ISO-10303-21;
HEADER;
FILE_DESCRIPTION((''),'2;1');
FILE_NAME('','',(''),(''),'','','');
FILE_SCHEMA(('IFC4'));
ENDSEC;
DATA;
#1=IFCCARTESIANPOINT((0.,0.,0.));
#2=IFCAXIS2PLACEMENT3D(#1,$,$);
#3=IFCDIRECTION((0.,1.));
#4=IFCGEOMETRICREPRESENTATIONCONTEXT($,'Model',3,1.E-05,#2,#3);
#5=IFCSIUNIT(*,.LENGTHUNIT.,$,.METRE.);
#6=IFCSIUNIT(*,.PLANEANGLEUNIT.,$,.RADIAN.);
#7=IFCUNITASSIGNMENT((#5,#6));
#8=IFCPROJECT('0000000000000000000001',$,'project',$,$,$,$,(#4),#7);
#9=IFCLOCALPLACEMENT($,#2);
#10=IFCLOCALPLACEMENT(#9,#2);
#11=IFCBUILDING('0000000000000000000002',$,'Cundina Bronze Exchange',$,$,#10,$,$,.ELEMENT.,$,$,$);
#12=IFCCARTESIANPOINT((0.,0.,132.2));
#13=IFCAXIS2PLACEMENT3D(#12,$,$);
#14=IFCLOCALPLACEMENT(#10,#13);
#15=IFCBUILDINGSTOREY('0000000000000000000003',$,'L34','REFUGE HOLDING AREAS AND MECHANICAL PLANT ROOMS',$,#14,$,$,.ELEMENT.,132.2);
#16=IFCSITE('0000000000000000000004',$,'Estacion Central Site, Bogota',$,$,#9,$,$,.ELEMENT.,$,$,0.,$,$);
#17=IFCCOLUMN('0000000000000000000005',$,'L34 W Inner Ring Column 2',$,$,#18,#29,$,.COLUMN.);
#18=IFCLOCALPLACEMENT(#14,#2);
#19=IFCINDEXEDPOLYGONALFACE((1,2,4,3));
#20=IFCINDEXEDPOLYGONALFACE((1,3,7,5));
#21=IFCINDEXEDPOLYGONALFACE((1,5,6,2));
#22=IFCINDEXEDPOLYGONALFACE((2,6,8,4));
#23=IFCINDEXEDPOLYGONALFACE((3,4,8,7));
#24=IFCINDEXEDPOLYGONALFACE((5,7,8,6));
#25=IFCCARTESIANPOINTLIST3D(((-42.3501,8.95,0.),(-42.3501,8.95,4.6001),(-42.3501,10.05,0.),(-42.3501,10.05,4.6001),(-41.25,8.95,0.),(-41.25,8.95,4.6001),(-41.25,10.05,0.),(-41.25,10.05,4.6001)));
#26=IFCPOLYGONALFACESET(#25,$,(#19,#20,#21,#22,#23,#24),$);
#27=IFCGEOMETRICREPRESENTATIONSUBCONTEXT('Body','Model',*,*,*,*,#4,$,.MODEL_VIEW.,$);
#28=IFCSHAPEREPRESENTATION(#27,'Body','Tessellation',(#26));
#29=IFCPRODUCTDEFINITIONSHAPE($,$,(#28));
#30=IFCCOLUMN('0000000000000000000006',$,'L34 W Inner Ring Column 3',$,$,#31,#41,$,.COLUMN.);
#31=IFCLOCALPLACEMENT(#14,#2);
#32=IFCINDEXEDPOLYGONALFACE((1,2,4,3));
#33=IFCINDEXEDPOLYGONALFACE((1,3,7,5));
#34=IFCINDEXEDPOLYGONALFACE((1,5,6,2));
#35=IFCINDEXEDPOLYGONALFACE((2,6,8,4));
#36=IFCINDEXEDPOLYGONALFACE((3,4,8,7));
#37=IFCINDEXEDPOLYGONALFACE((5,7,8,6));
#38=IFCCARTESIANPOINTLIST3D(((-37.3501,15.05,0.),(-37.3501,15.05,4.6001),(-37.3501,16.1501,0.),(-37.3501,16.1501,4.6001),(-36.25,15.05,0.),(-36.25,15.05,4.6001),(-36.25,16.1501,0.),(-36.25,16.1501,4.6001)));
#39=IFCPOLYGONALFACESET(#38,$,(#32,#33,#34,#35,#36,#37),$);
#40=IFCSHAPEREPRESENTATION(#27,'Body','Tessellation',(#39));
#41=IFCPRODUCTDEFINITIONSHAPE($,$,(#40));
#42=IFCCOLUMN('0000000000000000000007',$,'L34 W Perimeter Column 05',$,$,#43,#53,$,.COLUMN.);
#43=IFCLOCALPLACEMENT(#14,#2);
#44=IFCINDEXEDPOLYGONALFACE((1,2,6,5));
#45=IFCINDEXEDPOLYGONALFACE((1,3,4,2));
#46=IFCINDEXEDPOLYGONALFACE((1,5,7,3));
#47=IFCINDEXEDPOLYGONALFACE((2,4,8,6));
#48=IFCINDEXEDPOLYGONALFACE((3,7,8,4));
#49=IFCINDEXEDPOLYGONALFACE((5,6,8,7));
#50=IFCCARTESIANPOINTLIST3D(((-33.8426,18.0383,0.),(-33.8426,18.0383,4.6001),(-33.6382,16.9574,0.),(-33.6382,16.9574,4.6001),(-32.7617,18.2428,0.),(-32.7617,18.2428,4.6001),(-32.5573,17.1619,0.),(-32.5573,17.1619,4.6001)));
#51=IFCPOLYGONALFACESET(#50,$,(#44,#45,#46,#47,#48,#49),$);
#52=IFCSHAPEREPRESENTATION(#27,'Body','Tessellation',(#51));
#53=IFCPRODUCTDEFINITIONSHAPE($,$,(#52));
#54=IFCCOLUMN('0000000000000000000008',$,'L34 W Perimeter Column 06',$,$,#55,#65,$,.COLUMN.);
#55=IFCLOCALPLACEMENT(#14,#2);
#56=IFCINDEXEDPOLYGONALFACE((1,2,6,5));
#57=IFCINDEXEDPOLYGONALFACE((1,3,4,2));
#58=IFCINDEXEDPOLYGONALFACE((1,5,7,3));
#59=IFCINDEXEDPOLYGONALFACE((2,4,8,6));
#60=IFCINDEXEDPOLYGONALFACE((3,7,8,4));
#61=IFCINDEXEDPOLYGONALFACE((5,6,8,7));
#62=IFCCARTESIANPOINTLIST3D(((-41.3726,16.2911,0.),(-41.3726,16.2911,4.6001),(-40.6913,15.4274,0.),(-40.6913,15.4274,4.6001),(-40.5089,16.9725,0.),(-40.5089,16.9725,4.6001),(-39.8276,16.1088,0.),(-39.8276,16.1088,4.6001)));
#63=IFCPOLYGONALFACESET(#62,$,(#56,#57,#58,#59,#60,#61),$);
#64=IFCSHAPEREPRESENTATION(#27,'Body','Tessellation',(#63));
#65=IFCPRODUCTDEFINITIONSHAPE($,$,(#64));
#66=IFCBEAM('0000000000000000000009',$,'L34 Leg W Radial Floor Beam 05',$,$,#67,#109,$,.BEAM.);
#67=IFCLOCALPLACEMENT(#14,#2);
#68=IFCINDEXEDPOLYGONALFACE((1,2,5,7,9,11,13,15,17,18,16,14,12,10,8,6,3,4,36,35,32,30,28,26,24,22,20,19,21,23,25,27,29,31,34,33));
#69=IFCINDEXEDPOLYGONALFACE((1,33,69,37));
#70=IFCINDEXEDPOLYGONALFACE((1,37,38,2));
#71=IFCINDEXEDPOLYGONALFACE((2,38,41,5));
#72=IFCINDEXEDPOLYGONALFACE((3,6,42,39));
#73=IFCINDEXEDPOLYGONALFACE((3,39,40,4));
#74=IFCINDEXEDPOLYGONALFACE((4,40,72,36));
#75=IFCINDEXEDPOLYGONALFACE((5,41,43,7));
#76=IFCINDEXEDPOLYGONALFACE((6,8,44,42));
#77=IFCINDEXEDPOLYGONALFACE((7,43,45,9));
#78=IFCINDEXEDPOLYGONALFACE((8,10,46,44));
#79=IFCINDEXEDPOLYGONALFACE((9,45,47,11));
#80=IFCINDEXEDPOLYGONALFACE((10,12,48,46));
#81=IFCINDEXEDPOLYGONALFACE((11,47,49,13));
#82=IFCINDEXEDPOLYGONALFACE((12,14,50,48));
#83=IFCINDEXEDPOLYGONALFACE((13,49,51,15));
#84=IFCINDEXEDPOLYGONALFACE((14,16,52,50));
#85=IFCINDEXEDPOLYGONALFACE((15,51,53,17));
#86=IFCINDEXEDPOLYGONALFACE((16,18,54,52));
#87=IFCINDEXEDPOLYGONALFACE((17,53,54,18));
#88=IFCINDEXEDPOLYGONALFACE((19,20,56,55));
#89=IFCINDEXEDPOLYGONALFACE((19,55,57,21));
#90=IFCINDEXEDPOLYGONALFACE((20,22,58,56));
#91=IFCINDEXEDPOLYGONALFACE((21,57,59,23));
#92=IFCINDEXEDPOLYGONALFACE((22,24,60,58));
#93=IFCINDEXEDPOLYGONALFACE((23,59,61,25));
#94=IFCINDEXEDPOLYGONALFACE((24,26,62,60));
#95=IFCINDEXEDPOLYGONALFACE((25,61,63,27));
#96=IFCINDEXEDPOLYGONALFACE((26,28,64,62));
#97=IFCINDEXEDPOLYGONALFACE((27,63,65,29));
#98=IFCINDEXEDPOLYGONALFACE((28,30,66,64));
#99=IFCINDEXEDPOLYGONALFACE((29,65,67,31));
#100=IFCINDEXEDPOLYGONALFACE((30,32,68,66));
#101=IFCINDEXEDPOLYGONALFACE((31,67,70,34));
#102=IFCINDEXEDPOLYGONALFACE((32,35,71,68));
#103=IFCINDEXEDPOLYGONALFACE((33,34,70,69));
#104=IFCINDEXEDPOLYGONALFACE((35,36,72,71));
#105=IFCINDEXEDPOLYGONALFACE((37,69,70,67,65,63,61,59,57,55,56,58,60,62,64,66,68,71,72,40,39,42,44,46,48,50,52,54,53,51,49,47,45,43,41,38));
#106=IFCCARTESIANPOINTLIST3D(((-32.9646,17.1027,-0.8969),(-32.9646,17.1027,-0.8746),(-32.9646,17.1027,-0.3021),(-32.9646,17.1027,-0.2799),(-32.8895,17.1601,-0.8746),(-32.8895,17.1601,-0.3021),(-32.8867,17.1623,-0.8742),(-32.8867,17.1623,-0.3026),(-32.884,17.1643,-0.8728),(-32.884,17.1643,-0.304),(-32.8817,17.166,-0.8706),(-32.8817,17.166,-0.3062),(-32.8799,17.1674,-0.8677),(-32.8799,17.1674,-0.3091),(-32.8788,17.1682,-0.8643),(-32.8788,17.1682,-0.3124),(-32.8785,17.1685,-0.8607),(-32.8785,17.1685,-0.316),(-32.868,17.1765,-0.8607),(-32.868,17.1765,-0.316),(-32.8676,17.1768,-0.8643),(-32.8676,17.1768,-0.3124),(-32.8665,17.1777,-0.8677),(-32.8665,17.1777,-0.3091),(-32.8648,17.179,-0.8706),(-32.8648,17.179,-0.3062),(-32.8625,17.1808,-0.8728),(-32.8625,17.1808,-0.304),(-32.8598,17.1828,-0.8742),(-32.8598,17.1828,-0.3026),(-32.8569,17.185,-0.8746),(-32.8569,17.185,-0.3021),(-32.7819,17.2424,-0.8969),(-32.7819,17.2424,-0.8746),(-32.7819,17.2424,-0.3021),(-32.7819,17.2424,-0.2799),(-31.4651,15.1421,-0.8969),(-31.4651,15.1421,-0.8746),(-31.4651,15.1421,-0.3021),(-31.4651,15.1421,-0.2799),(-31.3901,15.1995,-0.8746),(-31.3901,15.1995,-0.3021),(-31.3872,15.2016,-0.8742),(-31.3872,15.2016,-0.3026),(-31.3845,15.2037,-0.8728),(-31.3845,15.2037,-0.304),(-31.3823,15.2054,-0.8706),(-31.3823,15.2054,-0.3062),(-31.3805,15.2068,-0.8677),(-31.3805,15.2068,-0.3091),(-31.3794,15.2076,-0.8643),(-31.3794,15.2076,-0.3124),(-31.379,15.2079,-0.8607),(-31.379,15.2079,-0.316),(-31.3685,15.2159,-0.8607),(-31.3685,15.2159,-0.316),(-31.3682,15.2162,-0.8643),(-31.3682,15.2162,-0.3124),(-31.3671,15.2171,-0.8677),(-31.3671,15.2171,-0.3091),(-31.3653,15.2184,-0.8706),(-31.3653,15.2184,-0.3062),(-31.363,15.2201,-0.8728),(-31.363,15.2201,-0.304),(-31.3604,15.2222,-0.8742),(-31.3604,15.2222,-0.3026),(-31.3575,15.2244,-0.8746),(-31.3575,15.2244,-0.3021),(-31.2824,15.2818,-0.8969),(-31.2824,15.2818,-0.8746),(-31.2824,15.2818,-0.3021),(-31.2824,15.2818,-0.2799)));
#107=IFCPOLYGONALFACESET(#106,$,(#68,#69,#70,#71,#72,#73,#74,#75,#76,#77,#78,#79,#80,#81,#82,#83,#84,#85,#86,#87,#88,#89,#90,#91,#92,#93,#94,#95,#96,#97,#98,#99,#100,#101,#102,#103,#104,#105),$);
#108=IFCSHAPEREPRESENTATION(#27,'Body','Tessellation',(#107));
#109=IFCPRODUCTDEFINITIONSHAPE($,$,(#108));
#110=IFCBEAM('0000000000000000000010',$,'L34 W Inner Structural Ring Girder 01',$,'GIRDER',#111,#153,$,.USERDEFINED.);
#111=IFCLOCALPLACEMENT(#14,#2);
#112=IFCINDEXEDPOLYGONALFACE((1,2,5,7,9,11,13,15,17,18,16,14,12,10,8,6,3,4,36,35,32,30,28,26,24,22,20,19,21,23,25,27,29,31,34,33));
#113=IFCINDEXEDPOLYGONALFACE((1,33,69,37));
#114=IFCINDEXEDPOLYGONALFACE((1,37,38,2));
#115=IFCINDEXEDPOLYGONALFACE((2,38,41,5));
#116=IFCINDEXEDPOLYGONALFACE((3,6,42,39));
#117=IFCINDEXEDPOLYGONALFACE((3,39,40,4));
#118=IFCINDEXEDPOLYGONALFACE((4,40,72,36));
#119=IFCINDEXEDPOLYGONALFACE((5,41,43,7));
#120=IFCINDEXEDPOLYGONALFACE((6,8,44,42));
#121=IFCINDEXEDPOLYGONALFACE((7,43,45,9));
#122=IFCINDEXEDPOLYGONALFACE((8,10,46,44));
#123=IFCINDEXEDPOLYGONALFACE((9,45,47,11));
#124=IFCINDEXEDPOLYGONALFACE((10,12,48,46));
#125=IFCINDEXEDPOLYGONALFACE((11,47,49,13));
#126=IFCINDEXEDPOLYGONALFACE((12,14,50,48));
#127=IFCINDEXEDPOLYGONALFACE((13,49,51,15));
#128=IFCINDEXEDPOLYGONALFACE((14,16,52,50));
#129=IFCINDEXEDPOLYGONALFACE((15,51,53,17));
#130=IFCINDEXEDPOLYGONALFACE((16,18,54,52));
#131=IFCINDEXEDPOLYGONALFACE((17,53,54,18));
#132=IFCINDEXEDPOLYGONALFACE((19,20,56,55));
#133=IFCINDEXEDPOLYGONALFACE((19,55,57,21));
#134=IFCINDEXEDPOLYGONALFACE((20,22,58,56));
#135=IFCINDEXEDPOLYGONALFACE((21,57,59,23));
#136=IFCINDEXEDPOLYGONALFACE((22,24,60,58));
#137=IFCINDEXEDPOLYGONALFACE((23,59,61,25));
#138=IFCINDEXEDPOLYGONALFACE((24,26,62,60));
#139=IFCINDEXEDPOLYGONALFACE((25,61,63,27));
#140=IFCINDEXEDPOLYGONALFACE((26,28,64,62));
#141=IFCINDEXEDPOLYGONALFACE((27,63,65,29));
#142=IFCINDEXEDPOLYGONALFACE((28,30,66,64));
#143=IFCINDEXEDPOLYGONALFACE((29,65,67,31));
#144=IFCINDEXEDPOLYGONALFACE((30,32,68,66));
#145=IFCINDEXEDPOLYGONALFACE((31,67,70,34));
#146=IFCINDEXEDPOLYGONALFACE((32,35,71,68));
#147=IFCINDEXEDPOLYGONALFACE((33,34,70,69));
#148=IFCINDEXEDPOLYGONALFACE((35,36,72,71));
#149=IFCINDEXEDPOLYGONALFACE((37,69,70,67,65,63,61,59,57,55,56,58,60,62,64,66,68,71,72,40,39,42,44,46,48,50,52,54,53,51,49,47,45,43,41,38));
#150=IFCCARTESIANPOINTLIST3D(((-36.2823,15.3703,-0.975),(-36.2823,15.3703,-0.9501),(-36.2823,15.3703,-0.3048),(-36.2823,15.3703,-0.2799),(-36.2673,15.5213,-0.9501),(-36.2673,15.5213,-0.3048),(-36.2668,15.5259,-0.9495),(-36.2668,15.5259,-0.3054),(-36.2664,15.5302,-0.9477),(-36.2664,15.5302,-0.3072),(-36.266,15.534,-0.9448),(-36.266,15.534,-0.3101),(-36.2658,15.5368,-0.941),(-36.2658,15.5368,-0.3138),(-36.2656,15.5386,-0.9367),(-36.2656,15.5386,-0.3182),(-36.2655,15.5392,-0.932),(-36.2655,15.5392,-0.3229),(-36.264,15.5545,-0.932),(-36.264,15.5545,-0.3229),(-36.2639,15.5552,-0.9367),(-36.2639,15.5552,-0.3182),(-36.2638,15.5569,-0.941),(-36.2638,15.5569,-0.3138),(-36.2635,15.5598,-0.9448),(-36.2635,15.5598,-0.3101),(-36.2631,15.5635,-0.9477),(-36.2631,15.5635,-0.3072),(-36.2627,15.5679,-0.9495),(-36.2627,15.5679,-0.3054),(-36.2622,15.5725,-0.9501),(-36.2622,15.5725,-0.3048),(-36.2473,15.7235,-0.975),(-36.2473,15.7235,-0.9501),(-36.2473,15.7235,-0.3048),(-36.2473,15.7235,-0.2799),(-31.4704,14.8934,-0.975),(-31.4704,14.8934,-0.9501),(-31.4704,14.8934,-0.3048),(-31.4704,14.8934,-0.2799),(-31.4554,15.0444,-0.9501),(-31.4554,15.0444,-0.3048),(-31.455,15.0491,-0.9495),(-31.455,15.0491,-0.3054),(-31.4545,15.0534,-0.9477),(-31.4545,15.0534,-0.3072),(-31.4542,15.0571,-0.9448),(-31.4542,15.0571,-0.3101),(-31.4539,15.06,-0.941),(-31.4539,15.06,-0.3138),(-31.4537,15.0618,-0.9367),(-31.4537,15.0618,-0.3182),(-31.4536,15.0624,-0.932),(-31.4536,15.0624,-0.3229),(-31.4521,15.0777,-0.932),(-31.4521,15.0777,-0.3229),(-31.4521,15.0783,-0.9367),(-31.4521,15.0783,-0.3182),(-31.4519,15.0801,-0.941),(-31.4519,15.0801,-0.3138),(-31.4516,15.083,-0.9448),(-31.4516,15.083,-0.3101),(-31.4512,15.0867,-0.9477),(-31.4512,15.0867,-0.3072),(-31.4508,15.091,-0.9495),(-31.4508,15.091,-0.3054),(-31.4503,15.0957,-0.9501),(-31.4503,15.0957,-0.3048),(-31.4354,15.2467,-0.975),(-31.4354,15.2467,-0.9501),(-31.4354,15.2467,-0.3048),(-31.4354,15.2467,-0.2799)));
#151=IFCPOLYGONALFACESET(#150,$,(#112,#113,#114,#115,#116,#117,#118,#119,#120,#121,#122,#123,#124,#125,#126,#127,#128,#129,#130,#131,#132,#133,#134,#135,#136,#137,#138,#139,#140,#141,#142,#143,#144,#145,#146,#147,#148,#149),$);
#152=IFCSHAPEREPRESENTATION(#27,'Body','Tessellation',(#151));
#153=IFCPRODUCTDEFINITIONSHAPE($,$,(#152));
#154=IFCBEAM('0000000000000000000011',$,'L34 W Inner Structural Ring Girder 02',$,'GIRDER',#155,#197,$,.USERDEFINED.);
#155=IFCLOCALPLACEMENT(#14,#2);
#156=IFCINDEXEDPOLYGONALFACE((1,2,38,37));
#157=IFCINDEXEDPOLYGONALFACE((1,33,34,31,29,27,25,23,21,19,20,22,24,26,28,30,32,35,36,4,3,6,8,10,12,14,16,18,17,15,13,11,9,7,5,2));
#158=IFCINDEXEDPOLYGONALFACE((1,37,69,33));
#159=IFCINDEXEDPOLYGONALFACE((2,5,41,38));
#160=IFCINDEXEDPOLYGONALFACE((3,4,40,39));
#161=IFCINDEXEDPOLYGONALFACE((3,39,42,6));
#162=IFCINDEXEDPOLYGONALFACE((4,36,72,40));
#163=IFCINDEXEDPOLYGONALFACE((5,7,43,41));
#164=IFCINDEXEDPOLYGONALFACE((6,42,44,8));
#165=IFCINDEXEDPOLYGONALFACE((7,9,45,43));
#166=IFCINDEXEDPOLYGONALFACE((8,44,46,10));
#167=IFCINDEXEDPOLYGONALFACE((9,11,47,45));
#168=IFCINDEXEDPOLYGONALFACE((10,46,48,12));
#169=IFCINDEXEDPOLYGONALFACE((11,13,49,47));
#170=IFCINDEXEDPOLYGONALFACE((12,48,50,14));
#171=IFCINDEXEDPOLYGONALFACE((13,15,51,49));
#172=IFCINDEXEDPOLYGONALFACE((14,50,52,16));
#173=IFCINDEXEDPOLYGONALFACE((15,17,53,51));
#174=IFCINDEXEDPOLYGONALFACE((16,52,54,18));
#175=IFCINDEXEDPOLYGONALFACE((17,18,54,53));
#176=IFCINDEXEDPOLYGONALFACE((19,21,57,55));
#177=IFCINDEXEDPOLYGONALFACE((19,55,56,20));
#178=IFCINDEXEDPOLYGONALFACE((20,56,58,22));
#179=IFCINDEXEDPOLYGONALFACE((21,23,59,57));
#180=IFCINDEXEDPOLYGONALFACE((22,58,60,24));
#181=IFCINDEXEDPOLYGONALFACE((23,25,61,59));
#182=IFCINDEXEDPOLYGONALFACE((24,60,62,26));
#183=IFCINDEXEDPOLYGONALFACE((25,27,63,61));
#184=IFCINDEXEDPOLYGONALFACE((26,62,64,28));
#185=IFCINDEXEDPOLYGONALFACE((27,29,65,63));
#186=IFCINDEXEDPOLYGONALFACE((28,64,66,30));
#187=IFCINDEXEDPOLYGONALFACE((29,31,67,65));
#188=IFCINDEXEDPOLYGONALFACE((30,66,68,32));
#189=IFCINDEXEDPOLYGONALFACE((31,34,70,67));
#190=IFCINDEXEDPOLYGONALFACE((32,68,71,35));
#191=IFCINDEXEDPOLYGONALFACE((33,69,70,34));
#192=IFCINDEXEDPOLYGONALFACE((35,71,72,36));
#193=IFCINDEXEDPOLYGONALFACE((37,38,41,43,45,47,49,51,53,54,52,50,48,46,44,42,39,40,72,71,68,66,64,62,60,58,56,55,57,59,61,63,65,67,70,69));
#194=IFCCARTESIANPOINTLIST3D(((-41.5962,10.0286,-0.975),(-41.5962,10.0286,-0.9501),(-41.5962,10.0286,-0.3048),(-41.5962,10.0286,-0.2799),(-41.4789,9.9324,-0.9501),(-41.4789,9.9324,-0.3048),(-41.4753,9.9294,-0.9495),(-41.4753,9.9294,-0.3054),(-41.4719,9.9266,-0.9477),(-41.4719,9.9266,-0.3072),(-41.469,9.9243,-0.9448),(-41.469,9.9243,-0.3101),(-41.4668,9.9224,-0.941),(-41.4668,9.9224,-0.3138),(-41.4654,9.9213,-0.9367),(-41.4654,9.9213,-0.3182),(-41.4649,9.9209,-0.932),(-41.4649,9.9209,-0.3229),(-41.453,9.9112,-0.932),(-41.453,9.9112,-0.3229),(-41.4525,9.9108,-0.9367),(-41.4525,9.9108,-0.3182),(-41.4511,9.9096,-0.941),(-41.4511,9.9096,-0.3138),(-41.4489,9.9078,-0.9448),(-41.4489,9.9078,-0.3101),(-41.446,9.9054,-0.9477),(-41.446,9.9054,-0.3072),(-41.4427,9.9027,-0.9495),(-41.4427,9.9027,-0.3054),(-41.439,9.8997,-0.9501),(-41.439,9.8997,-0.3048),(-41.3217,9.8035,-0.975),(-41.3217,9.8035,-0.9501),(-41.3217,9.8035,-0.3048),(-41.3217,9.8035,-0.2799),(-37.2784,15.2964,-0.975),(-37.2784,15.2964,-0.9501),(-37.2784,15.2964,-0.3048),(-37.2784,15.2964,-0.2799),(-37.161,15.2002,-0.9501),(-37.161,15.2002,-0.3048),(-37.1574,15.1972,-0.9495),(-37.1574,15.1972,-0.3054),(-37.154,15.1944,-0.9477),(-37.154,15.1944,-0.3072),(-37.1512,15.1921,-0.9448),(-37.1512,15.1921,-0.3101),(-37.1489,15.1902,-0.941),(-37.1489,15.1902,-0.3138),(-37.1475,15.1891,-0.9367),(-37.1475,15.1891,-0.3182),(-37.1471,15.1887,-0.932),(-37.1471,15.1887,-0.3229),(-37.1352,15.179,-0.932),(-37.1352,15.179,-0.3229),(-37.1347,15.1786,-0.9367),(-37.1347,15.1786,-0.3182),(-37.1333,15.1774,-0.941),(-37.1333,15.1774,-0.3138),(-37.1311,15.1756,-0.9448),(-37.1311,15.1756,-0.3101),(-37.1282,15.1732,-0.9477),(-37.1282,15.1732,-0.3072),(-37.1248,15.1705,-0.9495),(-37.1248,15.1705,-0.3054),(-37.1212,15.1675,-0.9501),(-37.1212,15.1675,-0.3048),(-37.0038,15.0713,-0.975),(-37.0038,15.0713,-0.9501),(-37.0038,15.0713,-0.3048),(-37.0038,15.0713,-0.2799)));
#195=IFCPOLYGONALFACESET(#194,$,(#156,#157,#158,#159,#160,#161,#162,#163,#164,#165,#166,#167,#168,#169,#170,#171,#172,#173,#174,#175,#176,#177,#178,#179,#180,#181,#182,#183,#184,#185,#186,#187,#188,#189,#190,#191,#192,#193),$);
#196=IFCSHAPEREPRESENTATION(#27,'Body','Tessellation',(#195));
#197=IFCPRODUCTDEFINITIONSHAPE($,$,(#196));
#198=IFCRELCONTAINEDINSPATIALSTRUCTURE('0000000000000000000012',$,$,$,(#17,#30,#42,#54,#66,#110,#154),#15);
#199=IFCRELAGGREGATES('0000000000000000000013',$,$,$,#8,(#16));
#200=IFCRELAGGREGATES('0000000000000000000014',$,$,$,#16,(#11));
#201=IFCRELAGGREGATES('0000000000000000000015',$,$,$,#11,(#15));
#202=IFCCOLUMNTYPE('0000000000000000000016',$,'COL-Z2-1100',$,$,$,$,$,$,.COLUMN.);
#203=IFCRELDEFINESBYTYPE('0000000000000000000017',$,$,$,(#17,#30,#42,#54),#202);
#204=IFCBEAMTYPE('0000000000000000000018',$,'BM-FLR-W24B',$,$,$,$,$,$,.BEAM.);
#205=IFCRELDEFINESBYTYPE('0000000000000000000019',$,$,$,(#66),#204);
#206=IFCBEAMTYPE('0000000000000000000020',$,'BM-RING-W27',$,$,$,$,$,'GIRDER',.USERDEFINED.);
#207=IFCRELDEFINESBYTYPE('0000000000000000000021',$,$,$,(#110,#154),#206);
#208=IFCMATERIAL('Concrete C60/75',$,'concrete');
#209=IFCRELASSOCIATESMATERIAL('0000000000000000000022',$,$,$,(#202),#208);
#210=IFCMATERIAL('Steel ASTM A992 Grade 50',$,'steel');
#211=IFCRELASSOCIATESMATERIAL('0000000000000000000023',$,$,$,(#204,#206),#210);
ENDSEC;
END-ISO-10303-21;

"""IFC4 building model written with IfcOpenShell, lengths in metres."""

from ifc_helpers import new_model, si_unit, direction, frame, origin, origin_2d, place, context, subcontext, project, spatial, rectangle, i_section, extrude, material, material_profile, profile_set, type_object, element, save


model = new_model("IFC4")

# Units and contexts
model_context = context("Model", 3, precision=1e-05, world=origin(), true_north=direction((0.0, 1.0)))
body_context = subcontext(model_context, "Body", "Model", "MODEL_VIEW")
ifc_project = project(units=[si_unit("LENGTHUNIT", "METRE"), si_unit("PLANEANGLEUNIT", "RADIAN")], contexts=[model_context])

# Site, building, storey
site_placement = place(None, origin())
site = spatial("IfcSite", under=ifc_project, at=site_placement, Name="Estacion Central Site, Bogota", CompositionType="ELEMENT", RefElevation=0.0)
building_placement = place(site_placement, origin())
building = spatial("IfcBuilding", under=site, at=building_placement, Name="Cundina Bronze Exchange", CompositionType="ELEMENT")
storey_placement = place(building_placement, frame((0.0, 0.0, 132.2)))
storey = spatial("IfcBuildingStorey", under=building, at=storey_placement, Name="L34", Description="REFUGE HOLDING AREAS AND MECHANICAL PLANT ROOMS", CompositionType="ELEMENT", Elevation=132.2)

# Columns
ifc_material_1 = material(Name="Concrete C60/75", Category="concrete")
ifc_material_profile_1 = material_profile(ifc_material_1, rectangle(XDim=1.1001, YDim=1.1001, at=origin_2d()), Name="RC1100X1100", Category="concrete")
ifc_profile_set_1 = profile_set([ifc_material_profile_1], Name="Concrete C60/75")
column_type = type_object("IfcColumnType", Name="COL-Z2-1100", PredefinedType="COLUMN", material=ifc_profile_set_1)
for number, where, z_axis, x_axis, name in (
    (1, (-41.8, 9.5, 0.0), (0.0, 0.0, 1.0), (1.0, 0.0, 0.0), "L34 W Inner Ring Column 2"),
    (2, (-36.8, 15.6001, 0.0), (0.0, 0.0, 1.0), (1.0, 0.0, 0.0), "L34 W Inner Ring Column 3"),
    (3, (-33.2, 17.6001, 0.0), (0.0, 0.0, 1.0), (-0.98258, -0.185838, 0.0), "L34 W Perimeter Column 05"),
    (4, (-40.6001, 16.2, 0.0), (0.0, 0.0, 1.0), (-0.785101, -0.619368, 0.0), "L34 W Perimeter Column 06"),
):
    element("IfcColumn", number, at=place(storey_placement, frame(where, z_axis=z_axis, x_axis=x_axis)), inside=storey, type_object=column_type, Name=name, PredefinedType="COLUMN", context=body_context, shape_type="SweptSolid", body=[
        extrude(rectangle(XDim=1.1001, YDim=1.1001, at=origin_2d()), origin(), (0.0, 0.0, 1.0), 4.6001),
    ])

# Beams
ifc_material_2 = material(Name="Steel ASTM A992 Grade 50", Category="steel")
ifc_material_profile_2 = material_profile(ifc_material_2, i_section(OverallWidth=0.23, OverallDepth=0.6169, WebThickness=0.0132, FlangeThickness=0.0222, FilletRadius=0.0139, at=origin_2d()), Name="W24X94", Category="steel")
ifc_profile_set_2 = profile_set([ifc_material_profile_2], Name="Steel ASTM A992 Grade 50")
beam_type_1 = type_object("IfcBeamType", Name="BM-FLR-W24B", PredefinedType="BEAM", material=ifc_profile_set_2)
beam_1_placement = place(storey_placement, frame((-31.3738, 15.2119, -0.5884), z_axis=(-0.60749, 0.794327, 0.0), x_axis=(-0.794327, -0.60749, 0.0)))
element("IfcBeam", 5, at=beam_1_placement, inside=storey, type_object=beam_type_1, Name="L34 Leg W Radial Floor Beam 05", PredefinedType="BEAM", context=body_context, shape_type="SweptSolid", body=[
    extrude(i_section(OverallWidth=0.23, OverallDepth=0.6169, WebThickness=0.0132, FlangeThickness=0.0222, FilletRadius=0.0139, at=origin_2d()), origin(), (0.0, 0.0, 1.0), 2.4683),
])
ifc_material_profile_3 = material_profile(ifc_material_2, i_section(OverallWidth=0.355, OverallDepth=0.6951, WebThickness=0.0154, FlangeThickness=0.0249, FilletRadius=0.0181, at=origin_2d()), Name="W27X146", Category="steel")
ifc_profile_set_3 = profile_set([ifc_material_profile_3], Name="Steel ASTM A992 Grade 50")
beam_type_2 = type_object("IfcBeamType", Name="BM-RING-W27", ElementType="GIRDER", PredefinedType="USERDEFINED", material=ifc_profile_set_3)
beam_2_placement = place(storey_placement, frame((-31.4529, 15.0701, -0.6274), z_axis=(-0.995126, 0.098609, 0.0), x_axis=(-0.098609, -0.995126, 0.0)))
element("IfcBeam", 6, at=beam_2_placement, inside=storey, type_object=beam_type_2, Name="L34 W Inner Structural Ring Girder 01", ObjectType="GIRDER", PredefinedType="USERDEFINED", context=body_context, shape_type="SweptSolid", body=[
    extrude(i_section(OverallWidth=0.355, OverallDepth=0.6951, WebThickness=0.0154, FlangeThickness=0.0249, FilletRadius=0.0181, at=origin_2d()), origin(), (0.0, 0.0, 1.0), 4.8354),
])
beam_3_placement = place(storey_placement, frame((-37.1411, 15.1838, -0.6274), z_axis=(-0.633927, -0.773393, 0.0), x_axis=(0.773393, -0.633927, 0.0)))
element("IfcBeam", 7, at=beam_3_placement, inside=storey, type_object=beam_type_2, Name="L34 W Inner Structural Ring Girder 02", ObjectType="GIRDER", PredefinedType="USERDEFINED", context=body_context, shape_type="SweptSolid", body=[
    extrude(i_section(OverallWidth=0.355, OverallDepth=0.6951, WebThickness=0.0154, FlangeThickness=0.0249, FilletRadius=0.0181, at=origin_2d()), origin(), (0.0, 0.0, 1.0), 6.8113),
])

save(model, "model.ifc")
